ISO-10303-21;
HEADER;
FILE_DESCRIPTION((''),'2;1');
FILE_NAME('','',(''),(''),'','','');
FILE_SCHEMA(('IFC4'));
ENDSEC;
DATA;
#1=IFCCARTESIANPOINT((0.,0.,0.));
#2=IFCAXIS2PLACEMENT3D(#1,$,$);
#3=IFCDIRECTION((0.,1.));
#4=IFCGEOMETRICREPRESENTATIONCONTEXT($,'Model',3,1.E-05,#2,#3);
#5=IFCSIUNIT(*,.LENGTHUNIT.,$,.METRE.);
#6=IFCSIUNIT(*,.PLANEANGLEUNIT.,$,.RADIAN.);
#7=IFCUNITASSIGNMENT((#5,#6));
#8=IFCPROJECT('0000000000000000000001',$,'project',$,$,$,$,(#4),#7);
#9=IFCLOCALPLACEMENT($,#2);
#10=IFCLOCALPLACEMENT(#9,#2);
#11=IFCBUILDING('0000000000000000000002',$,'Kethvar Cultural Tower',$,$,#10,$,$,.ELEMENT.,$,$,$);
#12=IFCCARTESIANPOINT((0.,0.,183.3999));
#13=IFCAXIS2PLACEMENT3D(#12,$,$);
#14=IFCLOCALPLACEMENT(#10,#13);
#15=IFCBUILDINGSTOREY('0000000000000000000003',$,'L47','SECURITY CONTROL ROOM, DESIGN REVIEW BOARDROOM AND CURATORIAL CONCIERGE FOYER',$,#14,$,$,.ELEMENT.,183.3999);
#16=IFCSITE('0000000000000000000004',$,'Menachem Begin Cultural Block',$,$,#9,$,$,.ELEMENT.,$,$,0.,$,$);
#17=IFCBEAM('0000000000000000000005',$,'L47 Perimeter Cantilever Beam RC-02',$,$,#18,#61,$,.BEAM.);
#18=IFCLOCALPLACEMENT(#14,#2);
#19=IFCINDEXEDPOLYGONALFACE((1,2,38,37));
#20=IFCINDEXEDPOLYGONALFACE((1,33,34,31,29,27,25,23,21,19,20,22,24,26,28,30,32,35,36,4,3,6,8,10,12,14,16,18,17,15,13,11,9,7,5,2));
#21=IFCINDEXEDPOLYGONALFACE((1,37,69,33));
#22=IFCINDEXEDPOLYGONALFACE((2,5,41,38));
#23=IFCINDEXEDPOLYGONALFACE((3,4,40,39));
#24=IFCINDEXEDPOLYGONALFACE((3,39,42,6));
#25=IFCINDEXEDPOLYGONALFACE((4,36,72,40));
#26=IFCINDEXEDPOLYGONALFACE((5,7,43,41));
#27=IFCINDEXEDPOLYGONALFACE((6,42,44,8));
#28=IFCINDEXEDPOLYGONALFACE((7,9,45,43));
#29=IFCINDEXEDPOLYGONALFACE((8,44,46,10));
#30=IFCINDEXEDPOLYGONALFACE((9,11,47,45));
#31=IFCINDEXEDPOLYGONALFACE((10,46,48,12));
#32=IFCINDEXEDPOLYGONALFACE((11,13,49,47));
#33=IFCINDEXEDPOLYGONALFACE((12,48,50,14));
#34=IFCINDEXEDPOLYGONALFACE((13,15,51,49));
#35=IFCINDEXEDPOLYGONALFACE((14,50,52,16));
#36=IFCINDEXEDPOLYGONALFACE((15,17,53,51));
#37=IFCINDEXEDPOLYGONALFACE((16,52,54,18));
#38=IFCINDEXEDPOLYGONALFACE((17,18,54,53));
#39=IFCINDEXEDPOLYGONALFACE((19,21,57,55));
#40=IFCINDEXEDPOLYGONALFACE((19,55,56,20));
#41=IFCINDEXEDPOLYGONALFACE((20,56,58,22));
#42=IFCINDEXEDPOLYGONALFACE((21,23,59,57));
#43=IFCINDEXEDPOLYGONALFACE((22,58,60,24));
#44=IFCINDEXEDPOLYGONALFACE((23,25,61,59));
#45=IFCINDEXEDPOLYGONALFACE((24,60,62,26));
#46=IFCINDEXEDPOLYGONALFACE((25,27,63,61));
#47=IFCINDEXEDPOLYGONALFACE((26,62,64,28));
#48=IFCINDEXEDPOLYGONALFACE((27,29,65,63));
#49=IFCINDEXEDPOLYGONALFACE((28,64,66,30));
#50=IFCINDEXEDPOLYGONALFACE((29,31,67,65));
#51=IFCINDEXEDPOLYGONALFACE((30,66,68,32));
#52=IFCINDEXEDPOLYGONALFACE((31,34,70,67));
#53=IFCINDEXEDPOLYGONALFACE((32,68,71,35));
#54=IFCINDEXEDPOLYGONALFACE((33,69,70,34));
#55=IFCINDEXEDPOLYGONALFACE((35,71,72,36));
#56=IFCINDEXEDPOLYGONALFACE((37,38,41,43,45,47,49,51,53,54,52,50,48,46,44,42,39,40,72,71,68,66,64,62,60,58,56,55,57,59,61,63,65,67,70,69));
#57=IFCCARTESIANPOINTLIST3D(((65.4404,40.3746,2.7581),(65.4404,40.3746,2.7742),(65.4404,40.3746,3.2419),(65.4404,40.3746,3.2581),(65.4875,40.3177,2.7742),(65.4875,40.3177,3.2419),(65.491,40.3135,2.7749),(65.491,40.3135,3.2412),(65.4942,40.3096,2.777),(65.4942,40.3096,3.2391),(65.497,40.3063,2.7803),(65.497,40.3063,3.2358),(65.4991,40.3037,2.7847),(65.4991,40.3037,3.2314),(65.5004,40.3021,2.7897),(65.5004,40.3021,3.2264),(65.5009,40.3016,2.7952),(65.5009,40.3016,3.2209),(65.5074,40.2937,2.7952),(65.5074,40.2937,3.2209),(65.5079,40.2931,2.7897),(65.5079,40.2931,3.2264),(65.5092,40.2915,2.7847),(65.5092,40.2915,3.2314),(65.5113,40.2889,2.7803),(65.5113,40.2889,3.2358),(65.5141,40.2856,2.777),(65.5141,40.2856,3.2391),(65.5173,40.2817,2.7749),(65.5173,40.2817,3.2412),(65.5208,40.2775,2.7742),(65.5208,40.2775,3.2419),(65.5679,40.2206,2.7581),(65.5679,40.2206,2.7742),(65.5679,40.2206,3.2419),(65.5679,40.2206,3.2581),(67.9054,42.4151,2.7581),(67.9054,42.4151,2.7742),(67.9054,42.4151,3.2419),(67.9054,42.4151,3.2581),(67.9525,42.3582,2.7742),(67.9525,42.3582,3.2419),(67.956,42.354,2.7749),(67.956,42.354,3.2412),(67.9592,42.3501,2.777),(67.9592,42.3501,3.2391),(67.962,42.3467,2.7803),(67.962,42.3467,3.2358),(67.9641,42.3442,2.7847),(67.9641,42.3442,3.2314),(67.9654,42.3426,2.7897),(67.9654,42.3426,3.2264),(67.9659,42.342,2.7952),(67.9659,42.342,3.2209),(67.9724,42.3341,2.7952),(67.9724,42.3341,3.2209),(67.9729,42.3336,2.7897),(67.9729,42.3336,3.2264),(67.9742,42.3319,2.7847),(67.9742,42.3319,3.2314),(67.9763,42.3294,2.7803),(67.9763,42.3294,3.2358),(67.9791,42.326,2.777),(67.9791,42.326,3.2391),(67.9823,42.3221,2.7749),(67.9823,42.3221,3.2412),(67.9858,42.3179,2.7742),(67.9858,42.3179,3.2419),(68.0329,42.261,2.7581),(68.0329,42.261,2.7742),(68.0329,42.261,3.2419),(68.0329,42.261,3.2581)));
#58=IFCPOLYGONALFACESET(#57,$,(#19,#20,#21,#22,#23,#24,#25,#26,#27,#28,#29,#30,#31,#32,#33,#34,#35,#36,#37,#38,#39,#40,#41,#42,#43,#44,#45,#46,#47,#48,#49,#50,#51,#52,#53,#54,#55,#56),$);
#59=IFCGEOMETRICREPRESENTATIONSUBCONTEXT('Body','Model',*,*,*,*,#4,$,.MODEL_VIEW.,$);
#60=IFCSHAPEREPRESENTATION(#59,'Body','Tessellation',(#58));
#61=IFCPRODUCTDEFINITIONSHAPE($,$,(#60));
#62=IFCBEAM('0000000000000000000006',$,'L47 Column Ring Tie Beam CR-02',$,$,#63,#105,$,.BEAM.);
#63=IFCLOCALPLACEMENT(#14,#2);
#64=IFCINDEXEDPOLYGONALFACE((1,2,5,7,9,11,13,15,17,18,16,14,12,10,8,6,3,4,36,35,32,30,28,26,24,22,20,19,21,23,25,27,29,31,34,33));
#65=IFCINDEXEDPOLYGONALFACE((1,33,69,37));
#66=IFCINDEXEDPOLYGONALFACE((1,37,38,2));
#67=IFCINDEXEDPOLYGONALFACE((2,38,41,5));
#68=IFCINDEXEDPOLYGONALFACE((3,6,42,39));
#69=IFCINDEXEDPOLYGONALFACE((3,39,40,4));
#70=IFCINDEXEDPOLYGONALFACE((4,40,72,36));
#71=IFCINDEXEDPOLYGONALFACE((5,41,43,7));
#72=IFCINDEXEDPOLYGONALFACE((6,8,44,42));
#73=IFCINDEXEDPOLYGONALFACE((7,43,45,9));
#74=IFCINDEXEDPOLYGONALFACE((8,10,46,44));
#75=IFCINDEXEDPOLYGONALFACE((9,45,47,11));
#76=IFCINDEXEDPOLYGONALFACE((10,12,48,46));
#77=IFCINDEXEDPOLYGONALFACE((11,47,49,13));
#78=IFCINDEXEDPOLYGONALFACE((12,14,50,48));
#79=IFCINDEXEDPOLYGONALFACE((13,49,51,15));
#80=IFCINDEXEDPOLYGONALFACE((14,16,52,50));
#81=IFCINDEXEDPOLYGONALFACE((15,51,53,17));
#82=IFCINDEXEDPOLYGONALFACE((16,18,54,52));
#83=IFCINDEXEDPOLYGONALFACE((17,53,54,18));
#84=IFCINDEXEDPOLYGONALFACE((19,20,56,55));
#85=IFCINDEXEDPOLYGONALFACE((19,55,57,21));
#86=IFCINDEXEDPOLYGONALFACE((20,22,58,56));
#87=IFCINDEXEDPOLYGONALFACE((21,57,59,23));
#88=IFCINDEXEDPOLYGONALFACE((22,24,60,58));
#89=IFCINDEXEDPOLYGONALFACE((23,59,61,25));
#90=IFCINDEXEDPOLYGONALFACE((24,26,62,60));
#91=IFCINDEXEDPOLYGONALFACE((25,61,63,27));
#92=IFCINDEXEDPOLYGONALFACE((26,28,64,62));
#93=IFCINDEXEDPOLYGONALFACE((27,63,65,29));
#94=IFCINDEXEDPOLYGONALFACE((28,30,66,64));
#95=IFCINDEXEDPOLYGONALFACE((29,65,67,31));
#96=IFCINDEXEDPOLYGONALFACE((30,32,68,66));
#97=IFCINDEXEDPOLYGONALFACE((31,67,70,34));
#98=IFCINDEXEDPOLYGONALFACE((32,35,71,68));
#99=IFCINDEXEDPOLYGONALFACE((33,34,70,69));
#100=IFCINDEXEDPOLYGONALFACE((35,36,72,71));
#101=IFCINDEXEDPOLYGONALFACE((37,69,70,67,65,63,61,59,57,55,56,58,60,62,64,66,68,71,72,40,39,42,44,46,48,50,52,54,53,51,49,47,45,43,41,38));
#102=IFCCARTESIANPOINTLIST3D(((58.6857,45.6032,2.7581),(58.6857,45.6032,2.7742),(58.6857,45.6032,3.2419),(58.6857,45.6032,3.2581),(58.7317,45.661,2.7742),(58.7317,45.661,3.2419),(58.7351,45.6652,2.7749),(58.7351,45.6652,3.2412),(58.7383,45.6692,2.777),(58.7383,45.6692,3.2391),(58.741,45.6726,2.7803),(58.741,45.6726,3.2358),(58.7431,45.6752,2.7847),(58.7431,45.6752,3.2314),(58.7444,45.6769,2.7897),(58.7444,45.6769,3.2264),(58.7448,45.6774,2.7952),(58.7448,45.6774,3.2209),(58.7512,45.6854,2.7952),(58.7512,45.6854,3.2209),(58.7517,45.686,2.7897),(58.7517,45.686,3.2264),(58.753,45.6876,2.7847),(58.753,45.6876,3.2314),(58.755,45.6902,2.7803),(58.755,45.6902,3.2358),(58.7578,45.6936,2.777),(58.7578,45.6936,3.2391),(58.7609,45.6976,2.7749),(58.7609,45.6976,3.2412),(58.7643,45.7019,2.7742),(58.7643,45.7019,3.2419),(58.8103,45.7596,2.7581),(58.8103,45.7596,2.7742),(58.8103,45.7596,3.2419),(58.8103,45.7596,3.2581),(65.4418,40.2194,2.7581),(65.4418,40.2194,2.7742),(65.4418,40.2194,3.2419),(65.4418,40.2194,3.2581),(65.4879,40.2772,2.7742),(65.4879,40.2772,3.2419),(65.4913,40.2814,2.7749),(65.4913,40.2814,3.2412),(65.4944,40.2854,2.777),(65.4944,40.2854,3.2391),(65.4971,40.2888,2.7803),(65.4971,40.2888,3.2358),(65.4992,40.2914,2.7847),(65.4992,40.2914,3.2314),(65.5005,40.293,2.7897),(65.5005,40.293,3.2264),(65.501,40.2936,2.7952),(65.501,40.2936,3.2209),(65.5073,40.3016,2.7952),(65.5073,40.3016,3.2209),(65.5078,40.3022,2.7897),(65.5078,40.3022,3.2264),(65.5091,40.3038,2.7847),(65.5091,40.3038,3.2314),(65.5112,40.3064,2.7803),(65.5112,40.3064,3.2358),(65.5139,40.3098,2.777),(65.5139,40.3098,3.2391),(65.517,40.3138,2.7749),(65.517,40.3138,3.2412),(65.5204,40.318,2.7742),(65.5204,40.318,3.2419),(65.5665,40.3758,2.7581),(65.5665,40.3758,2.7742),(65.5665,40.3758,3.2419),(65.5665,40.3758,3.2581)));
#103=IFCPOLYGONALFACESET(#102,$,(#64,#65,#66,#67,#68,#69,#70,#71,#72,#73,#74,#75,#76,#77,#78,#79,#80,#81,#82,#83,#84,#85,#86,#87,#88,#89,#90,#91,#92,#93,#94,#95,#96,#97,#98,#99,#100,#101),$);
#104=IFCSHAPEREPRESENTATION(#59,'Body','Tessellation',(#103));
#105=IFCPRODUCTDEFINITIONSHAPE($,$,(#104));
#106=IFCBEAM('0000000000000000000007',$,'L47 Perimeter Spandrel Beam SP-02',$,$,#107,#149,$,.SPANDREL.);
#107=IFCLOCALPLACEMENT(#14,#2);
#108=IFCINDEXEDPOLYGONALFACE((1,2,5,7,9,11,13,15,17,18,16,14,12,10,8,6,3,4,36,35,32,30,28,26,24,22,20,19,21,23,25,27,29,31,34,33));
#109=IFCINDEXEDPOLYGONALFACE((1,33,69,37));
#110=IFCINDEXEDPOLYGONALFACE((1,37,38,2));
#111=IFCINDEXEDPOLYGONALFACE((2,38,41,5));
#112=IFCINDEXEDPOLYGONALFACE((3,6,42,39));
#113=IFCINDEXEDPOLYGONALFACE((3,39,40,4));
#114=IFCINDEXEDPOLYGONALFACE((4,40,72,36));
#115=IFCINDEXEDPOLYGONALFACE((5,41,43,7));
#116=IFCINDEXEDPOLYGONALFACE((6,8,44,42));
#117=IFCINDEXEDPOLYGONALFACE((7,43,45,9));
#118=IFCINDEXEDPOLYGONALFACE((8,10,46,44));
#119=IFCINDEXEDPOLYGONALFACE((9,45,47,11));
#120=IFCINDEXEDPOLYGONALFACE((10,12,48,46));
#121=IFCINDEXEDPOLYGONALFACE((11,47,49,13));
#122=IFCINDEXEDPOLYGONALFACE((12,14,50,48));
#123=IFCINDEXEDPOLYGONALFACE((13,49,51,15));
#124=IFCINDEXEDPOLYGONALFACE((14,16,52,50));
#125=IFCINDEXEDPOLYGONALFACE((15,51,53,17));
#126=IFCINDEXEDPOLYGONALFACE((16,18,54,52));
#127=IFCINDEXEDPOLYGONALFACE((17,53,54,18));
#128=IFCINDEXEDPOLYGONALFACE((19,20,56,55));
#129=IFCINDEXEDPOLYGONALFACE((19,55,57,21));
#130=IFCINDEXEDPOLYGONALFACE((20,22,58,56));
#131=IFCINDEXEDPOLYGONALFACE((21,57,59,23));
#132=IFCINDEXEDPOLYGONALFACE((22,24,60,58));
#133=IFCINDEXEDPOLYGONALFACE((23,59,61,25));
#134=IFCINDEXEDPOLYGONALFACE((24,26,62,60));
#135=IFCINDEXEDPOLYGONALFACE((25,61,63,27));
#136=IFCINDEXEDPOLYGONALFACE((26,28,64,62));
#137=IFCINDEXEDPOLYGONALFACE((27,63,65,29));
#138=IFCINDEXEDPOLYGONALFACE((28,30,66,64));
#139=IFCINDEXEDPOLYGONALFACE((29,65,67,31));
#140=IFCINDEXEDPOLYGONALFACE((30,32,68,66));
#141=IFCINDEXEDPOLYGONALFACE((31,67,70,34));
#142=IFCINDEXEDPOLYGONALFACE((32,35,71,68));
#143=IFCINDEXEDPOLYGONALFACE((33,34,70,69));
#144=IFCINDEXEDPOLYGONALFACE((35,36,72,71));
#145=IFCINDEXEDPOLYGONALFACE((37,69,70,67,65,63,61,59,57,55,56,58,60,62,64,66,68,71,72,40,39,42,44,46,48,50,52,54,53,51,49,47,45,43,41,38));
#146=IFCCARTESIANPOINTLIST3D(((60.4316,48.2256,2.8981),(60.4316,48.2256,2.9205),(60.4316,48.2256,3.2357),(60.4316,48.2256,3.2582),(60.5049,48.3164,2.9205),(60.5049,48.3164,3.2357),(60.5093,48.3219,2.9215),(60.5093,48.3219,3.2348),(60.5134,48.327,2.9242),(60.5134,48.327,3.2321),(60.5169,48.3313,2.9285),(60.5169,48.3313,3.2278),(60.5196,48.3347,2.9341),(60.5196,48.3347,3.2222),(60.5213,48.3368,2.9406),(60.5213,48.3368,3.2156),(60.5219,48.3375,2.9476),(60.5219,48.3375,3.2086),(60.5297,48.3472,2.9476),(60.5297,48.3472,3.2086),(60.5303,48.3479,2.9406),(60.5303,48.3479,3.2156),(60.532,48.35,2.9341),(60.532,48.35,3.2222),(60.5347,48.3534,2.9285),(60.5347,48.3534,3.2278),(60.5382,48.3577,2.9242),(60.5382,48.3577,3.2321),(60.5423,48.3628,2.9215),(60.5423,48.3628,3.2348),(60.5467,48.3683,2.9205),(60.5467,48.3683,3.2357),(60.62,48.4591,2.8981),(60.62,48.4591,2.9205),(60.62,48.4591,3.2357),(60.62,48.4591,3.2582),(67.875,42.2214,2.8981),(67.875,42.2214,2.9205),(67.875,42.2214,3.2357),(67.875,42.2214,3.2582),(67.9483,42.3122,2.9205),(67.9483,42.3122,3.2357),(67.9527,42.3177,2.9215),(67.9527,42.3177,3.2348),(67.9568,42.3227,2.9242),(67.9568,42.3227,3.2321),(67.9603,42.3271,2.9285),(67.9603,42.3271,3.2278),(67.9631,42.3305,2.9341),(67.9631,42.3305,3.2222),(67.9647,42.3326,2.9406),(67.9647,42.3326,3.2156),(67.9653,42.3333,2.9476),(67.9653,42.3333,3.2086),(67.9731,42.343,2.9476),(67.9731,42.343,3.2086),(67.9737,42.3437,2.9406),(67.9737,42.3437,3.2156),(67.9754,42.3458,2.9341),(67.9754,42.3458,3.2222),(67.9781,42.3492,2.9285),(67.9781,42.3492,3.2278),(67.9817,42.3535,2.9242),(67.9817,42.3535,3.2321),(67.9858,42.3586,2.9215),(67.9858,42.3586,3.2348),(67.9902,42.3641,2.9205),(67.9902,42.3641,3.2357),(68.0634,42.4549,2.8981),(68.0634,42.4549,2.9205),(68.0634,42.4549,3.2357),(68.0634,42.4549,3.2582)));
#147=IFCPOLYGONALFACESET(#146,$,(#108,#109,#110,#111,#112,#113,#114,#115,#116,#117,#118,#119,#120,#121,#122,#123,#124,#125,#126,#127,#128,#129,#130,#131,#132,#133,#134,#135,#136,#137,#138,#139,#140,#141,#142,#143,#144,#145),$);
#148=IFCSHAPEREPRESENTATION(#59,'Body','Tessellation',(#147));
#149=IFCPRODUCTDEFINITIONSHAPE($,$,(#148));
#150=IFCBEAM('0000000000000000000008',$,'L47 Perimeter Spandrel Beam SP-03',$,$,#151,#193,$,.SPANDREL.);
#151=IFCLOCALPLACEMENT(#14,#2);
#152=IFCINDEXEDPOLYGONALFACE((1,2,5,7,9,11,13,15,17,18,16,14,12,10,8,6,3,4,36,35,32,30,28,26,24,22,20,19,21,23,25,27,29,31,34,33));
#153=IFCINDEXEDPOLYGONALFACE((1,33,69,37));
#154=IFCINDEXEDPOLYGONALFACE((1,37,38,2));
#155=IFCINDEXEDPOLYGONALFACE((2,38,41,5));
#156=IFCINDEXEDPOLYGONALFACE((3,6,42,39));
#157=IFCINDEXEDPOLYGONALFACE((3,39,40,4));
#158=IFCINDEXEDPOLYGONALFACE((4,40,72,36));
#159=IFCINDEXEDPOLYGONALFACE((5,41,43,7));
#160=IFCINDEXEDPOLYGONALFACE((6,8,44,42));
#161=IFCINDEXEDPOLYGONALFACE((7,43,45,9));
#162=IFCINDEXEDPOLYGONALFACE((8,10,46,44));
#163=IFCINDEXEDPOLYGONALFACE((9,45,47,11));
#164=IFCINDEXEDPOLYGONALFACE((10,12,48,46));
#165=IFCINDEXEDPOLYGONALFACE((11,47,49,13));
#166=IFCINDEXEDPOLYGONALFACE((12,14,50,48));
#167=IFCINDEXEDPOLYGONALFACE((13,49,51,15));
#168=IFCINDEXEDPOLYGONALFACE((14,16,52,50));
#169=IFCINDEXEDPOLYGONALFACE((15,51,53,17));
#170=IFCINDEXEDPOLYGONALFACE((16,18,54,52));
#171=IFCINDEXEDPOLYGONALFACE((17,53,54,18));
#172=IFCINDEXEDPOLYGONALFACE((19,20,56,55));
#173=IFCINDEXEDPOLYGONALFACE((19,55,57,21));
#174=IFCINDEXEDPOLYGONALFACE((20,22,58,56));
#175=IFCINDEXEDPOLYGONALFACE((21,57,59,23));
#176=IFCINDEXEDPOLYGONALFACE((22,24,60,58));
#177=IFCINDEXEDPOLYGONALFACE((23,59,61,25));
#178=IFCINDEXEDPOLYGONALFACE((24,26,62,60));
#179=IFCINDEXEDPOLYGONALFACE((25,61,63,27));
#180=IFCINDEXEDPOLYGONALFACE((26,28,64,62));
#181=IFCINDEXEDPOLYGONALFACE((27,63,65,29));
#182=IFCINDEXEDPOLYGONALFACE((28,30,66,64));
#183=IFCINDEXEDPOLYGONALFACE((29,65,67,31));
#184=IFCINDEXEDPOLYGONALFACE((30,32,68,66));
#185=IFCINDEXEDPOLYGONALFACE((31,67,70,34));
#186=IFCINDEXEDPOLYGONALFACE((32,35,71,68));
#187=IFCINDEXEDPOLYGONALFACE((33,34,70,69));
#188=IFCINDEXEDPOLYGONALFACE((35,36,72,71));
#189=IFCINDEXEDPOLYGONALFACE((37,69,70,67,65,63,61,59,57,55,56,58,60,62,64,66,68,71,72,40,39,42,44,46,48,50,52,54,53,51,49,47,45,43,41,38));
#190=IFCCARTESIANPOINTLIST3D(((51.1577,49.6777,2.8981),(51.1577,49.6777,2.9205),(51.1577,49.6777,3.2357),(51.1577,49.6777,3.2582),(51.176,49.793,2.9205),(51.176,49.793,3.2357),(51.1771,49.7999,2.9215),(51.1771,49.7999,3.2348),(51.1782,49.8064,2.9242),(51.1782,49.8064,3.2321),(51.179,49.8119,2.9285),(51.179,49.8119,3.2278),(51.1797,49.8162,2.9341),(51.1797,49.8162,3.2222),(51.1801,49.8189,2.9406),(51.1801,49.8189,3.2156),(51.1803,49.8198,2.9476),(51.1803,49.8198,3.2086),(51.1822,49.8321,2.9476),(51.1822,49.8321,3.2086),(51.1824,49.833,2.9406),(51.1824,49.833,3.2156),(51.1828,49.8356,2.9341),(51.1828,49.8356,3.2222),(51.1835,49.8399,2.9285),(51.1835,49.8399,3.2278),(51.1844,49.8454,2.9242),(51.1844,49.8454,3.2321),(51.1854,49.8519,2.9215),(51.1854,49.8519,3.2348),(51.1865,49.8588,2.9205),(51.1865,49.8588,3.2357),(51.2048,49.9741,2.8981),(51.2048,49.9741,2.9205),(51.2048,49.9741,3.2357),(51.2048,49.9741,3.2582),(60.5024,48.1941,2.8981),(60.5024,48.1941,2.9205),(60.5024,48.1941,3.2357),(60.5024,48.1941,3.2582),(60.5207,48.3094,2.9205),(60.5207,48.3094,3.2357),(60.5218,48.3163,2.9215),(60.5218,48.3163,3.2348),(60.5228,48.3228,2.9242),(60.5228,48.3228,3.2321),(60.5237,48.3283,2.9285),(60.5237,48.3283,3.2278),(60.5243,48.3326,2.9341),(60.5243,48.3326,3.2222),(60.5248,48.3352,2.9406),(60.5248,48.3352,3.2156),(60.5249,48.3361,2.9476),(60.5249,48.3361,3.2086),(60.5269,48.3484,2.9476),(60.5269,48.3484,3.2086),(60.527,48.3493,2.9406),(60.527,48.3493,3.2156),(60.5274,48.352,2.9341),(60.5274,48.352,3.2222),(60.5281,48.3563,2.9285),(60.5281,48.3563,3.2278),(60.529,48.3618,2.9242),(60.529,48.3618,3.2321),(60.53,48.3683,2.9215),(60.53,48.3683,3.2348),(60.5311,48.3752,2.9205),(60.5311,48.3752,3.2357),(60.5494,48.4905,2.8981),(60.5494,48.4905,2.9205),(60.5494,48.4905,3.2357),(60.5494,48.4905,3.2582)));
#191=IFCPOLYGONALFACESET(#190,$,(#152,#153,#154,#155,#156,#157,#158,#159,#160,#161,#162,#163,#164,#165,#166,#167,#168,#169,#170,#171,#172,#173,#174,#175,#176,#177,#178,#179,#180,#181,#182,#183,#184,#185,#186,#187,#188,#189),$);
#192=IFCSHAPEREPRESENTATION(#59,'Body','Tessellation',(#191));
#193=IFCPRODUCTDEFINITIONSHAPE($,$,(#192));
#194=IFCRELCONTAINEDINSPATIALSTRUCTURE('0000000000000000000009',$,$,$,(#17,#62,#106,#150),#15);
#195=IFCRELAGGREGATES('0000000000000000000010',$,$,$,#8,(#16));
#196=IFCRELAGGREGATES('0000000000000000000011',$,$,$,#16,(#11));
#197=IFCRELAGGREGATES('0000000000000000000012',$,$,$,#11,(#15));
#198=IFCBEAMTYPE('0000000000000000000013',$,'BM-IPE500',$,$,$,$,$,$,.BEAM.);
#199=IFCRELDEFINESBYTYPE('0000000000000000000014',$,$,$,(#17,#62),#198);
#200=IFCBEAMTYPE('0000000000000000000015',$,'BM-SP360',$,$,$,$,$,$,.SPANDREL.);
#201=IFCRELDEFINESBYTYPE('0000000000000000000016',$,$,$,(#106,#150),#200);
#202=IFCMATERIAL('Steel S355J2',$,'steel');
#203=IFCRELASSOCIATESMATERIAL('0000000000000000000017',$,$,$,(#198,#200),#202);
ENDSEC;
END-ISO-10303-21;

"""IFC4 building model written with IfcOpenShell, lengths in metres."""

from ifc_helpers import new_model, si_unit, direction, frame, origin, origin_2d, place, context, subcontext, project, spatial, i_section, extrude, source, transform, mapped, material, material_profile, profile_set, type_object, element, save


model = new_model("IFC4")

# Units and contexts
model_context = context("Model", 3, precision=1e-05, world=origin(), true_north=direction((0.0, 1.0)))
body_context = subcontext(model_context, "Body", "Model", "MODEL_VIEW")
ifc_project = project(units=[si_unit("LENGTHUNIT", "METRE"), si_unit("PLANEANGLEUNIT", "RADIAN")], contexts=[model_context])

# Site, building, storey
site_placement = place(None, origin())
site = spatial("IfcSite", under=ifc_project, at=site_placement, Name="Menachem Begin Cultural Block", CompositionType="ELEMENT", RefElevation=0.0)
building_placement = place(site_placement, origin())
building = spatial("IfcBuilding", under=site, at=building_placement, Name="Kethvar Cultural Tower", CompositionType="ELEMENT")
storey_placement = place(building_placement, frame((0.0, 0.0, 183.3999)))
storey = spatial("IfcBuildingStorey", under=building, at=storey_placement, Name="L47", Description="SECURITY CONTROL ROOM, DESIGN REVIEW BOARDROOM AND CURATORIAL CONCIERGE FOYER", CompositionType="ELEMENT", Elevation=183.3999)

# Beams
ifc_material_1 = material(Name="Steel S355J2", Category="steel")
ifc_material_profile_1 = material_profile(ifc_material_1, i_section(OverallWidth=0.2, OverallDepth=0.5, WebThickness=0.0103, FlangeThickness=0.0161, FilletRadius=0.021, at=origin_2d()), Name="Steel S355J2 — IPE500")
ifc_profile_set_1 = profile_set([ifc_material_profile_1], Name="Steel S355J2 — IPE500")
beam_type_1 = type_object("IfcBeamType", Name="BM-IPE500", PredefinedType="BEAM", material=ifc_profile_set_1)
shared_shape_1 = source(origin(), body_context, "Body", "SweptSolid", [
    extrude(i_section(OverallWidth=0.2, OverallDepth=0.5, WebThickness=0.0103, FlangeThickness=0.0161, FilletRadius=0.021, at=origin_2d()), origin(), (0.0, 0.0, 1.0), 3.2),
])
beam_1_placement = place(storey_placement, frame((65.5042, 40.2976, 3.0081), z_axis=(0.770325, 0.637652, 0.0), x_axis=(-0.637652, 0.770325, 0.0)))
element("IfcBeam", 1, at=beam_1_placement, inside=storey, type_object=beam_type_1, Name="L47 Perimeter Cantilever Beam RC-02", PredefinedType="BEAM", context=body_context, shape_type="MappedRepresentation", body=[
    mapped(shared_shape_1, transform((0.0, 0.0, 0.0), scale=1.0)),
])
shared_shape_2 = source(origin(), body_context, "Body", "SweptSolid", [
    extrude(i_section(OverallWidth=0.2, OverallDepth=0.5, WebThickness=0.0103, FlangeThickness=0.0161, FilletRadius=0.021, at=origin_2d()), origin(), (0.0, 0.0, 1.0), 8.6389),
])
beam_2_placement = place(storey_placement, frame((65.5042, 40.2976, 3.0081), z_axis=(-0.782058, 0.623205, 0.0), x_axis=(-0.623205, -0.782058, 0.0)))
element("IfcBeam", 2, at=beam_2_placement, inside=storey, type_object=beam_type_1, Name="L47 Column Ring Tie Beam CR-02", PredefinedType="BEAM", context=body_context, shape_type="MappedRepresentation", body=[
    mapped(shared_shape_2, transform((0.0, 0.0, 0.0), scale=1.0)),
])
ifc_material_profile_2 = material_profile(ifc_material_1, i_section(OverallWidth=0.3, OverallDepth=0.3601, WebThickness=0.0125, FlangeThickness=0.0225, FilletRadius=0.0271, at=origin_2d()), Name="Steel S355J2 — HEB360")
ifc_profile_set_2 = profile_set([ifc_material_profile_2], Name="Steel S355J2 — HEB360")
beam_type_2 = type_object("IfcBeamType", Name="BM-SP360", PredefinedType="SPANDREL", material=ifc_profile_set_2)
shared_shape_3 = source(origin(), body_context, "Body", "SweptSolid", [
    extrude(i_section(OverallWidth=0.3, OverallDepth=0.3601, WebThickness=0.0125, FlangeThickness=0.0225, FilletRadius=0.0271, at=origin_2d()), origin(), (0.0, 0.0, 1.0), 9.5632),
])
beam_3_placement = place(storey_placement, frame((67.9692, 42.3381, 3.0781), z_axis=(-0.778339, 0.627844, 0.0), x_axis=(-0.627844, -0.778339, 0.0)))
element("IfcBeam", 3, at=beam_3_placement, inside=storey, type_object=beam_type_2, Name="L47 Perimeter Spandrel Beam SP-02", PredefinedType="SPANDREL", context=body_context, shape_type="MappedRepresentation", body=[
    mapped(shared_shape_3, transform((0.0, 0.0, 0.0), scale=1.0)),
])
shared_shape_4 = source(origin(), body_context, "Body", "SweptSolid", [
    extrude(i_section(OverallWidth=0.3, OverallDepth=0.3601, WebThickness=0.0125, FlangeThickness=0.0225, FilletRadius=0.0271, at=origin_2d()), origin(), (0.0, 0.0, 1.0), 9.4617),
])
beam_4_placement = place(storey_placement, frame((60.5259, 48.3423, 3.0781), z_axis=(-0.98763, 0.156804, 0.0), x_axis=(-0.156804, -0.98763, 0.0)))
element("IfcBeam", 4, at=beam_4_placement, inside=storey, type_object=beam_type_2, Name="L47 Perimeter Spandrel Beam SP-03", PredefinedType="SPANDREL", context=body_context, shape_type="MappedRepresentation", body=[
    mapped(shared_shape_4, transform((0.0, 0.0, 0.0), scale=1.0)),
])

save(model, "model.ifc")
